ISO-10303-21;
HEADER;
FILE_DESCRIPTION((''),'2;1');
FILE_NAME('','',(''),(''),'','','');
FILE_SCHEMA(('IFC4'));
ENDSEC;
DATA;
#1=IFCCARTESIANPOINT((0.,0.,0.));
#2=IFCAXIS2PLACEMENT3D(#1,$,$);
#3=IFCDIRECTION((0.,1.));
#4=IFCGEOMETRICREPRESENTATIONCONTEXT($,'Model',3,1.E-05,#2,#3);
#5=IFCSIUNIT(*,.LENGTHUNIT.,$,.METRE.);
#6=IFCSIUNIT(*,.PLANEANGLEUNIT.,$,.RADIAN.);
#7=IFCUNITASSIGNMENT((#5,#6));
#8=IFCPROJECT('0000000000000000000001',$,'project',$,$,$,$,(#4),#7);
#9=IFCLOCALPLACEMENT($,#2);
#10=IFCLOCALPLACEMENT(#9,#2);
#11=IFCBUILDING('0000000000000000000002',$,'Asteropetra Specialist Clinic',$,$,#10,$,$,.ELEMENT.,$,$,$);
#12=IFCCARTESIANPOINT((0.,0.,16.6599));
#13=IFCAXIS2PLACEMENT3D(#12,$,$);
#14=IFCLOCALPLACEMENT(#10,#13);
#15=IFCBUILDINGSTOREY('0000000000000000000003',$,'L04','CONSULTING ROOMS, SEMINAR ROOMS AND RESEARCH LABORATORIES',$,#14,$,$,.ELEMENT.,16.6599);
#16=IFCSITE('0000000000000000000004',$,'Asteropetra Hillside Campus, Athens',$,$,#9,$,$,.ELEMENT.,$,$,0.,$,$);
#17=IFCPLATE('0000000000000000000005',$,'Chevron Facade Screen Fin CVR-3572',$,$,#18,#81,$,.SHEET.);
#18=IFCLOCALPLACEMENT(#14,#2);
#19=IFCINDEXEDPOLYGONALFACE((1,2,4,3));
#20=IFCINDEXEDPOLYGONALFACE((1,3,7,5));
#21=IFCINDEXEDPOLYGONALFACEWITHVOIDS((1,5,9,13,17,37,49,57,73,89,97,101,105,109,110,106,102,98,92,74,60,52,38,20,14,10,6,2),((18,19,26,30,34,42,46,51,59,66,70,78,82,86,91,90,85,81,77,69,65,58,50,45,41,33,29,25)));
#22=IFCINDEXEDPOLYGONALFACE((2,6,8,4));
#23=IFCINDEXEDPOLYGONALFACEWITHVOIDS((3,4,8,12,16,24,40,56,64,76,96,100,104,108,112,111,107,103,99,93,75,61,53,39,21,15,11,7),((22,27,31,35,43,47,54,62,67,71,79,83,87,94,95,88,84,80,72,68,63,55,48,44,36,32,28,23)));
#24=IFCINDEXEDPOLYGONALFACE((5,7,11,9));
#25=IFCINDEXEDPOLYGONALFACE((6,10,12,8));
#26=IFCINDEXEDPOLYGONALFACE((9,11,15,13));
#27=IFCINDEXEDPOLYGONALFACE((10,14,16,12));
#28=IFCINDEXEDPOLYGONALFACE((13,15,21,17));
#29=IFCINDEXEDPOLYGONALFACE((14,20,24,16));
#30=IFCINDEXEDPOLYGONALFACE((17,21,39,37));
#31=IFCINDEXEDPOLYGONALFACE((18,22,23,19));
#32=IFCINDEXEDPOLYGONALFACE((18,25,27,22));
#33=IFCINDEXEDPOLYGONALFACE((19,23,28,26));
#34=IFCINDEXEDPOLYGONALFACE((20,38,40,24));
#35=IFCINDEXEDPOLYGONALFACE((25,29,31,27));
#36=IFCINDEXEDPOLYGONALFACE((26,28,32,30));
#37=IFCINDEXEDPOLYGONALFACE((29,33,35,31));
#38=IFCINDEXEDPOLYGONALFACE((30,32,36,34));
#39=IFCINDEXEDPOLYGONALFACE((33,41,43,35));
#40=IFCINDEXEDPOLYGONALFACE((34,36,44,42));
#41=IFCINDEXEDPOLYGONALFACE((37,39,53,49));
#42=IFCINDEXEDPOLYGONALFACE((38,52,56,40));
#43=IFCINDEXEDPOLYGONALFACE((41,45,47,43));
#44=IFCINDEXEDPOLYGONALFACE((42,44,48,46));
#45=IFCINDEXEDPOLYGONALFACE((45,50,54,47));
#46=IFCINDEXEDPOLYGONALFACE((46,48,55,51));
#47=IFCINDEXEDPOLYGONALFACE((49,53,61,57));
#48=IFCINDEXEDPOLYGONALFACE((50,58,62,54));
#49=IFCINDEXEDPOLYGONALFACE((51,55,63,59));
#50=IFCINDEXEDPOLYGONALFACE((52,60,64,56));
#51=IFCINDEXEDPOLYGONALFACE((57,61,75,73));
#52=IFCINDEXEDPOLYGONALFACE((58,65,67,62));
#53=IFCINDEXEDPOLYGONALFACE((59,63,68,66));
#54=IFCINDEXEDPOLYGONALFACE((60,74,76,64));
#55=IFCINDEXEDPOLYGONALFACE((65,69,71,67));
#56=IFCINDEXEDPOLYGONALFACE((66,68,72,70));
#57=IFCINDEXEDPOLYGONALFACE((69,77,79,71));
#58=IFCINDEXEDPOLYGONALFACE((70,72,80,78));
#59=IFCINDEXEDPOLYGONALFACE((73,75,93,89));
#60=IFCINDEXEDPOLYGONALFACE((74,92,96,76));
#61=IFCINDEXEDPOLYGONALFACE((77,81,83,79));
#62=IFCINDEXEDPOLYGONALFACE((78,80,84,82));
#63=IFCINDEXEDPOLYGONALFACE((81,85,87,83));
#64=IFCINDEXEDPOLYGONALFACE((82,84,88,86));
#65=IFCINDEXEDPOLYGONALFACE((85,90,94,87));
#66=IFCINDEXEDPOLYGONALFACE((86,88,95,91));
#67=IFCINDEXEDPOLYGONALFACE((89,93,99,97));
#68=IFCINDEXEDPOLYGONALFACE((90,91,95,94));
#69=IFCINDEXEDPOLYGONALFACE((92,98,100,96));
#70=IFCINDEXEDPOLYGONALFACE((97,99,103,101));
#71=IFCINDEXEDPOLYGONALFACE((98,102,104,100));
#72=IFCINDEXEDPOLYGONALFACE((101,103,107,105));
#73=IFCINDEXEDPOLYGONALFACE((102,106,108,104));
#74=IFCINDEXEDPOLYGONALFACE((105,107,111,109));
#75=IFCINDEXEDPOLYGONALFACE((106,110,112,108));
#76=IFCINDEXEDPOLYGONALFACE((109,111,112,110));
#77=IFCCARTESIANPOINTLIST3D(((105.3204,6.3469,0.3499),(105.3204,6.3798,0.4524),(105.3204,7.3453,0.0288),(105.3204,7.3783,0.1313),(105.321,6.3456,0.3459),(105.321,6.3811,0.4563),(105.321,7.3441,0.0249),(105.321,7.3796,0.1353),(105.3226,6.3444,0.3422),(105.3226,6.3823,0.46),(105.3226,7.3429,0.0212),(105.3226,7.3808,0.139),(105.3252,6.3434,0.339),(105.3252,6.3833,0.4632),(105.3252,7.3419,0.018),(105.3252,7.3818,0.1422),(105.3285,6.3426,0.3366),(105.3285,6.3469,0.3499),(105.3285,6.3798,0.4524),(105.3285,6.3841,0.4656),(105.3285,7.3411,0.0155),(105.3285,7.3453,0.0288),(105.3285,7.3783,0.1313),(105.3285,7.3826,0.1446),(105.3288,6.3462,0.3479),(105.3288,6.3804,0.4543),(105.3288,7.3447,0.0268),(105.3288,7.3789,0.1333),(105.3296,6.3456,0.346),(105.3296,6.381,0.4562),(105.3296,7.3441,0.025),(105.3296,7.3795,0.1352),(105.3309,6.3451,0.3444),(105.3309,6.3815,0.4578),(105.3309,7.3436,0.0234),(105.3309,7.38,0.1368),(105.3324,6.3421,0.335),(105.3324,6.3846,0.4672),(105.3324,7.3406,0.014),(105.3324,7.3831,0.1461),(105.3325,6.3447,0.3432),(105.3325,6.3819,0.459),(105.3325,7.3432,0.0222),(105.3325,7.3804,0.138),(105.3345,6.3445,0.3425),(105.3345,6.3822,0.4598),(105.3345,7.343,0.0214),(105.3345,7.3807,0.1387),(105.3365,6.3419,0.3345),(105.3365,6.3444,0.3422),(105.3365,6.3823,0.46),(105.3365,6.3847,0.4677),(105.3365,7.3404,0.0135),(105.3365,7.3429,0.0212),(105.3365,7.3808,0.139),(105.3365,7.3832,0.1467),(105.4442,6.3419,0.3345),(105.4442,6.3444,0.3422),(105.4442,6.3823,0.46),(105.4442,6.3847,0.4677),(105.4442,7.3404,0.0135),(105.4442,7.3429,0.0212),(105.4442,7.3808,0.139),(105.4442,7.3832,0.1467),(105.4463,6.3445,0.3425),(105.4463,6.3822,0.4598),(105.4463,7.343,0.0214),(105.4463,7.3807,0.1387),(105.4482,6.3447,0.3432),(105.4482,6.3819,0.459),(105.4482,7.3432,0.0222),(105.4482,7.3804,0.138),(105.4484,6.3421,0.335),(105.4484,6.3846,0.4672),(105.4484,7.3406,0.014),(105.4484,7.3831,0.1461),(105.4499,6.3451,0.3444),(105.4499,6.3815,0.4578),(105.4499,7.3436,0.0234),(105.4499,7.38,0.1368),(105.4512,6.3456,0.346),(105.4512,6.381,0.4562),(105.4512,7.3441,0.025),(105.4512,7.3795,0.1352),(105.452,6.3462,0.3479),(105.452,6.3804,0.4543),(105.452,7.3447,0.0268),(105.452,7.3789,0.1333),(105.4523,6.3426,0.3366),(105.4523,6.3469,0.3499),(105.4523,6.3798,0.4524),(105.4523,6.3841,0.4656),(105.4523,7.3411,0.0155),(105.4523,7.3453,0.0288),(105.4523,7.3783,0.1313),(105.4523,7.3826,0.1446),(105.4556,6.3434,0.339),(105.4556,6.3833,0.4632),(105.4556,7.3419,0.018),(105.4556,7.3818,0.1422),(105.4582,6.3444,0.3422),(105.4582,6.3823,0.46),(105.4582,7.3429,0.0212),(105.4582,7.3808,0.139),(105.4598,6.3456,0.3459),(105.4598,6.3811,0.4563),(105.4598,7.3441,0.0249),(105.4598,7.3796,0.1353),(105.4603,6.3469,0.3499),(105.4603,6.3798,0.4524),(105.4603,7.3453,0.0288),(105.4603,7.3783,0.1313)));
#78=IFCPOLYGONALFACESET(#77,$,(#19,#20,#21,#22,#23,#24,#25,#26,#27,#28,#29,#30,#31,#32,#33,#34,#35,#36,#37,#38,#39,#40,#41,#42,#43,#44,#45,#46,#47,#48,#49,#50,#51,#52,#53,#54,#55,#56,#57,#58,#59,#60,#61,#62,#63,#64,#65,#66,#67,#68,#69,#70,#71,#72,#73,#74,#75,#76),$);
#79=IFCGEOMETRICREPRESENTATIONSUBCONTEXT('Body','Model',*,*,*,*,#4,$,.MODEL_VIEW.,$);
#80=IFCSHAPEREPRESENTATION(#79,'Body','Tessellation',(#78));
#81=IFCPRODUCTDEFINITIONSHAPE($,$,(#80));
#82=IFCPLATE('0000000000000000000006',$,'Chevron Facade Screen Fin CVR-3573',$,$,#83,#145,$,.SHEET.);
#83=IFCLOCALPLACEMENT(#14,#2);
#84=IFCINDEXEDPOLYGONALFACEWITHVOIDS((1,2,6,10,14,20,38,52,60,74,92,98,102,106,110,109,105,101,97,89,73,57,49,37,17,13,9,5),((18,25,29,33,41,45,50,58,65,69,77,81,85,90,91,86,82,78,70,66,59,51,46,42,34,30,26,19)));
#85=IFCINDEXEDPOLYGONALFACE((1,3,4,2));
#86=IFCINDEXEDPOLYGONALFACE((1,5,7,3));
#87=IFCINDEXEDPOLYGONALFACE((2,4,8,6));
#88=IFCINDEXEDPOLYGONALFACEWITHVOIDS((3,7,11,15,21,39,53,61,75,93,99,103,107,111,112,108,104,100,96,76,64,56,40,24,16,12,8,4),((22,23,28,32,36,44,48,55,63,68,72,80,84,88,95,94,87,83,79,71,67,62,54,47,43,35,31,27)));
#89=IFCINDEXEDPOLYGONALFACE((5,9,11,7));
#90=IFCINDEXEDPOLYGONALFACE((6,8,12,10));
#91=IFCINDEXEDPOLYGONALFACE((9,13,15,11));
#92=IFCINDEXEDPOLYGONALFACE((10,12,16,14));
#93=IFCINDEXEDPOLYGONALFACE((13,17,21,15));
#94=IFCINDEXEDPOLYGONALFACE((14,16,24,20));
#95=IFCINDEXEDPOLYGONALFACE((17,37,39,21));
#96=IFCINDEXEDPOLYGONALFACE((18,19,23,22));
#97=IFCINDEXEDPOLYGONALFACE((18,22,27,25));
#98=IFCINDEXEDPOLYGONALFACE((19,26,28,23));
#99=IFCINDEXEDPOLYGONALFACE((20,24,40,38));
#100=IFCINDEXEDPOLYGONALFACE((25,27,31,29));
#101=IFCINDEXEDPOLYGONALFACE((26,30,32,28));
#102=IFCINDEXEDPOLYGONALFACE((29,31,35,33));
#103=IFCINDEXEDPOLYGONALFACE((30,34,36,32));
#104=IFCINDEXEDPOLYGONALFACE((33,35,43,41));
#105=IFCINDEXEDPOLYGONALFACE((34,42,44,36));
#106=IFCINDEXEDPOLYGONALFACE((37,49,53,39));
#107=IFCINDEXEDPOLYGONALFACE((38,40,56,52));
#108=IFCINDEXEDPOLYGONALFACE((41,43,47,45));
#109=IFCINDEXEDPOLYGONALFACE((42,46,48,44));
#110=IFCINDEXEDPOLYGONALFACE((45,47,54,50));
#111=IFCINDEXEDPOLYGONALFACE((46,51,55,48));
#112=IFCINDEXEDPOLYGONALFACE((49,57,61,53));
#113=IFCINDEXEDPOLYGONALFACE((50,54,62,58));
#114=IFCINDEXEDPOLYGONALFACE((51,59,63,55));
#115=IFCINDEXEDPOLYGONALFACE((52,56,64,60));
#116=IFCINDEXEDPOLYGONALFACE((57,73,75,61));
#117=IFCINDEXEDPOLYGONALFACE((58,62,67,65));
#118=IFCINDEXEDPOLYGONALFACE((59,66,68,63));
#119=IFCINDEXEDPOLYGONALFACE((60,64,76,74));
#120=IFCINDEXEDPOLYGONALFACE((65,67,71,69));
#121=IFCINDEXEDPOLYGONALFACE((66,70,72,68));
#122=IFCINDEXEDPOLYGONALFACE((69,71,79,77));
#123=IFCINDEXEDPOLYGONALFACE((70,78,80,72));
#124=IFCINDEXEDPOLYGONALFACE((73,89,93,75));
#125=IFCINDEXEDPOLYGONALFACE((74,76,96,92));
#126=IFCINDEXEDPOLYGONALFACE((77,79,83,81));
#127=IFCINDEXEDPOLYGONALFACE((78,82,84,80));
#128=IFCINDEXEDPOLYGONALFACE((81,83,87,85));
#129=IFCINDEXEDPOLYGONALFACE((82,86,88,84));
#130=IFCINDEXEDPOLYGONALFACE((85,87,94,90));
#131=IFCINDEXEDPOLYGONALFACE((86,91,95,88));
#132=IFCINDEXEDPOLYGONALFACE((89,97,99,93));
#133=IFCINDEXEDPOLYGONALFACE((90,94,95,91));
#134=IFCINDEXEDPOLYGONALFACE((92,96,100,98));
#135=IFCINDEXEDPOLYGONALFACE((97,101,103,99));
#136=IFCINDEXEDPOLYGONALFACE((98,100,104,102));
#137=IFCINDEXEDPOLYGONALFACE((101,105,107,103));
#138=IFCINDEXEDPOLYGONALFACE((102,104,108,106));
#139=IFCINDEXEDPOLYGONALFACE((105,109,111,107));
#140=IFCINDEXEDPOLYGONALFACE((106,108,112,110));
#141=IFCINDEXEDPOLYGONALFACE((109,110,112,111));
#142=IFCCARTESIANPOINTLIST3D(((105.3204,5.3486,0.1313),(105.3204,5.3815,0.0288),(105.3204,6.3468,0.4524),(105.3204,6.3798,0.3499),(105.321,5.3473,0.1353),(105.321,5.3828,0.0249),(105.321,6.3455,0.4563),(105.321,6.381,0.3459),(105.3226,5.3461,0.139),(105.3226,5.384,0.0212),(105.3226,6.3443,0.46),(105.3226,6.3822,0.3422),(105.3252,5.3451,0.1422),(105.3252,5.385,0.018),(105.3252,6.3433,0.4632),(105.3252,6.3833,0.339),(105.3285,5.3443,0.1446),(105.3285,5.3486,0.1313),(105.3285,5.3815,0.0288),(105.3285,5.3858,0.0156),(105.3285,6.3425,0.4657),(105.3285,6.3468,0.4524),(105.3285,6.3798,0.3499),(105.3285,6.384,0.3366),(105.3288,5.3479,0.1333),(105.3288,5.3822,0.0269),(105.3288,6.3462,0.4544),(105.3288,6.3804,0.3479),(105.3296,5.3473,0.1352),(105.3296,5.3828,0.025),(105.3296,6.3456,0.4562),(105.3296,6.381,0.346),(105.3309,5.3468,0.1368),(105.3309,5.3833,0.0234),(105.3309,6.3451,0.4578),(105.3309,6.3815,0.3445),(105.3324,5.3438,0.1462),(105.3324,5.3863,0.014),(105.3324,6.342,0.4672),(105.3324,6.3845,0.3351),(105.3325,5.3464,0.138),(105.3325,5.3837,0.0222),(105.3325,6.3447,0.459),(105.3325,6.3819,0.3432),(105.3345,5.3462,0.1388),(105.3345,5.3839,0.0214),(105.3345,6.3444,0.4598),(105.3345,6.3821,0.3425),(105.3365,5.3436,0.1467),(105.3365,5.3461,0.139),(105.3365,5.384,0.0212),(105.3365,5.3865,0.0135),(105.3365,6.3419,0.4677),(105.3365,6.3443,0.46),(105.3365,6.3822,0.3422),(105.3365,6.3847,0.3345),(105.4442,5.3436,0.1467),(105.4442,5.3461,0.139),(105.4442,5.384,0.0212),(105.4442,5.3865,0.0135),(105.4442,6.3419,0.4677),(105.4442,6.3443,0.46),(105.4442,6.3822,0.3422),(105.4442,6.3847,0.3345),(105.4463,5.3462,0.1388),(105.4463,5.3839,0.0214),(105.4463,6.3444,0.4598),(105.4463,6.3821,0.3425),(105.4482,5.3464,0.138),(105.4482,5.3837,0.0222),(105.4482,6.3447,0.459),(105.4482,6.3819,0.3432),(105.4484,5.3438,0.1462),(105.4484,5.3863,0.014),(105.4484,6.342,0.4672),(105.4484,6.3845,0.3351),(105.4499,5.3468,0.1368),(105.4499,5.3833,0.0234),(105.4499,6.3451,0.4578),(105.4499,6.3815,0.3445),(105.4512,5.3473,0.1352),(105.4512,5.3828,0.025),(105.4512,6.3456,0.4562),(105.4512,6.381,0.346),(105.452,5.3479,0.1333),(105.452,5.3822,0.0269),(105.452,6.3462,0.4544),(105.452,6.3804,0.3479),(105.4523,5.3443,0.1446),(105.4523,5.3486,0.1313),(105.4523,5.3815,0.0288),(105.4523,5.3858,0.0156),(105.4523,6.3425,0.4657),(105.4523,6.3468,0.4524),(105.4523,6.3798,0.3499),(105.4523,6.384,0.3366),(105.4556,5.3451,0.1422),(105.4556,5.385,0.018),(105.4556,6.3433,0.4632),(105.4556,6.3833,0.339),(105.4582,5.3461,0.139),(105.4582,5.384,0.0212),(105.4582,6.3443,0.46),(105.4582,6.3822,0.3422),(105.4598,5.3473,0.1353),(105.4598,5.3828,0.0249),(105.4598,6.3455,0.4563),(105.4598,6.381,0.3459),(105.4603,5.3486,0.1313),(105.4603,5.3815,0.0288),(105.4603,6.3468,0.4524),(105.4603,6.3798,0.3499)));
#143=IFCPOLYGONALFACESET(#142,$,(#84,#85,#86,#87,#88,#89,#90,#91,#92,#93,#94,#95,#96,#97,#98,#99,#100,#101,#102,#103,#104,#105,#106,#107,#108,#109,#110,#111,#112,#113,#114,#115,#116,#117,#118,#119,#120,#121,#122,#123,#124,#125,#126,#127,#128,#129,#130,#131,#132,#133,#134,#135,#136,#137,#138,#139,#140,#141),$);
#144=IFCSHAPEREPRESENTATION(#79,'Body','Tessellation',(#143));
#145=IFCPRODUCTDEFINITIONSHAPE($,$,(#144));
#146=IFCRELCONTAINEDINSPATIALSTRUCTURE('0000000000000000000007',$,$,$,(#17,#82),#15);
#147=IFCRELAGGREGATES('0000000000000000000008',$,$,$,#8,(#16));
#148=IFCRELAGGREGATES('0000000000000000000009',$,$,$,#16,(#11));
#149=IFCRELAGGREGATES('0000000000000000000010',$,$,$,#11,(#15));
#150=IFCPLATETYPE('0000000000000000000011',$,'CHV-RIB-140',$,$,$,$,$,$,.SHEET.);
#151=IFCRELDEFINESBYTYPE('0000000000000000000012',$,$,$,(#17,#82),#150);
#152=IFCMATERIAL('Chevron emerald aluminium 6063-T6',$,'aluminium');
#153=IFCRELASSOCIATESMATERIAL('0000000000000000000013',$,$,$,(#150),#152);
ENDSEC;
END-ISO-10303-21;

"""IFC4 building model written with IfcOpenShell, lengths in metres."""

from ifc_helpers import new_model, si_unit, direction, frame, origin, origin_2d, place, context, subcontext, project, spatial, hollow_rectangle, extrude, material, material_profile, profile_set, type_object, element, save


model = new_model("IFC4")

# Units and contexts
model_context = context("Model", 3, precision=1e-05, world=origin(), true_north=direction((0.0, 1.0)))
body_context = subcontext(model_context, "Body", "Model", "MODEL_VIEW")
ifc_project = project(units=[si_unit("LENGTHUNIT", "METRE"), si_unit("PLANEANGLEUNIT", "RADIAN")], contexts=[model_context])

# Site, building, storey
site_placement = place(None, origin())
site = spatial("IfcSite", under=ifc_project, at=site_placement, Name="Asteropetra Hillside Campus, Athens", CompositionType="ELEMENT", RefElevation=0.0)
building_placement = place(site_placement, origin())
building = spatial("IfcBuilding", under=site, at=building_placement, Name="Asteropetra Specialist Clinic", CompositionType="ELEMENT")
storey_placement = place(building_placement, frame((0.0, 0.0, 16.6599)))
storey = spatial("IfcBuildingStorey", under=building, at=storey_placement, Name="L04", Description="CONSULTING ROOMS, SEMINAR ROOMS AND RESEARCH LABORATORIES", CompositionType="ELEMENT", Elevation=16.6599)

# Plates
ifc_material_1 = material(Name="Chevron emerald aluminium 6063-T6", Category="aluminium")
ifc_material_profile = material_profile(ifc_material_1, hollow_rectangle(XDim=0.1399, YDim=0.1399, WallThickness=0.0081, InnerFilletRadius=0.0081, OuterFilletRadius=0.0161, at=origin_2d()), Name="SHS 140x140x8.0")
ifc_profile_set = profile_set([ifc_material_profile], Name="Chevron emerald aluminium 6063-T6")
plate_type = type_object("IfcPlateType", Name="CHV-RIB-140", PredefinedType="SHEET", material=ifc_profile_set)
for number, where, z_axis, x_axis, name in (
    (1, (105.3904, 7.3618, 0.0801), (0.0, -0.952004, 0.306085), (1.0, 0.0, 0.0), "Chevron Facade Screen Fin CVR-3572"),
):
    element("IfcPlate", number, at=place(storey_placement, frame(where, z_axis=z_axis, x_axis=x_axis)), inside=storey, type_object=plate_type, Name=name, PredefinedType="SHEET", context=body_context, shape_type="SweptSolid", body=[
        extrude(hollow_rectangle(XDim=0.1399, YDim=0.1399, WallThickness=0.0081, InnerFilletRadius=0.0081, OuterFilletRadius=0.0161, at=origin_2d()), origin(), (0.0, 0.0, 1.0), 1.0488),
    ])
for number, where, z_axis, x_axis, name in (
    (2, (105.3904, 6.3633, 0.4011), (0.0, -0.951983, -0.306152), (1.0, 0.0, 0.0), "Chevron Facade Screen Fin CVR-3573"),
):
    element("IfcPlate", number, at=place(storey_placement, frame(where, z_axis=z_axis, x_axis=x_axis)), inside=storey, type_object=plate_type, Name=name, PredefinedType="SHEET", context=body_context, shape_type="SweptSolid", body=[
        extrude(hollow_rectangle(XDim=0.1399, YDim=0.1399, WallThickness=0.0081, InnerFilletRadius=0.0081, OuterFilletRadius=0.0161, at=origin_2d()), origin(), (0.0, 0.0, 1.0), 1.0486),
    ])

save(model, "model.ifc")
